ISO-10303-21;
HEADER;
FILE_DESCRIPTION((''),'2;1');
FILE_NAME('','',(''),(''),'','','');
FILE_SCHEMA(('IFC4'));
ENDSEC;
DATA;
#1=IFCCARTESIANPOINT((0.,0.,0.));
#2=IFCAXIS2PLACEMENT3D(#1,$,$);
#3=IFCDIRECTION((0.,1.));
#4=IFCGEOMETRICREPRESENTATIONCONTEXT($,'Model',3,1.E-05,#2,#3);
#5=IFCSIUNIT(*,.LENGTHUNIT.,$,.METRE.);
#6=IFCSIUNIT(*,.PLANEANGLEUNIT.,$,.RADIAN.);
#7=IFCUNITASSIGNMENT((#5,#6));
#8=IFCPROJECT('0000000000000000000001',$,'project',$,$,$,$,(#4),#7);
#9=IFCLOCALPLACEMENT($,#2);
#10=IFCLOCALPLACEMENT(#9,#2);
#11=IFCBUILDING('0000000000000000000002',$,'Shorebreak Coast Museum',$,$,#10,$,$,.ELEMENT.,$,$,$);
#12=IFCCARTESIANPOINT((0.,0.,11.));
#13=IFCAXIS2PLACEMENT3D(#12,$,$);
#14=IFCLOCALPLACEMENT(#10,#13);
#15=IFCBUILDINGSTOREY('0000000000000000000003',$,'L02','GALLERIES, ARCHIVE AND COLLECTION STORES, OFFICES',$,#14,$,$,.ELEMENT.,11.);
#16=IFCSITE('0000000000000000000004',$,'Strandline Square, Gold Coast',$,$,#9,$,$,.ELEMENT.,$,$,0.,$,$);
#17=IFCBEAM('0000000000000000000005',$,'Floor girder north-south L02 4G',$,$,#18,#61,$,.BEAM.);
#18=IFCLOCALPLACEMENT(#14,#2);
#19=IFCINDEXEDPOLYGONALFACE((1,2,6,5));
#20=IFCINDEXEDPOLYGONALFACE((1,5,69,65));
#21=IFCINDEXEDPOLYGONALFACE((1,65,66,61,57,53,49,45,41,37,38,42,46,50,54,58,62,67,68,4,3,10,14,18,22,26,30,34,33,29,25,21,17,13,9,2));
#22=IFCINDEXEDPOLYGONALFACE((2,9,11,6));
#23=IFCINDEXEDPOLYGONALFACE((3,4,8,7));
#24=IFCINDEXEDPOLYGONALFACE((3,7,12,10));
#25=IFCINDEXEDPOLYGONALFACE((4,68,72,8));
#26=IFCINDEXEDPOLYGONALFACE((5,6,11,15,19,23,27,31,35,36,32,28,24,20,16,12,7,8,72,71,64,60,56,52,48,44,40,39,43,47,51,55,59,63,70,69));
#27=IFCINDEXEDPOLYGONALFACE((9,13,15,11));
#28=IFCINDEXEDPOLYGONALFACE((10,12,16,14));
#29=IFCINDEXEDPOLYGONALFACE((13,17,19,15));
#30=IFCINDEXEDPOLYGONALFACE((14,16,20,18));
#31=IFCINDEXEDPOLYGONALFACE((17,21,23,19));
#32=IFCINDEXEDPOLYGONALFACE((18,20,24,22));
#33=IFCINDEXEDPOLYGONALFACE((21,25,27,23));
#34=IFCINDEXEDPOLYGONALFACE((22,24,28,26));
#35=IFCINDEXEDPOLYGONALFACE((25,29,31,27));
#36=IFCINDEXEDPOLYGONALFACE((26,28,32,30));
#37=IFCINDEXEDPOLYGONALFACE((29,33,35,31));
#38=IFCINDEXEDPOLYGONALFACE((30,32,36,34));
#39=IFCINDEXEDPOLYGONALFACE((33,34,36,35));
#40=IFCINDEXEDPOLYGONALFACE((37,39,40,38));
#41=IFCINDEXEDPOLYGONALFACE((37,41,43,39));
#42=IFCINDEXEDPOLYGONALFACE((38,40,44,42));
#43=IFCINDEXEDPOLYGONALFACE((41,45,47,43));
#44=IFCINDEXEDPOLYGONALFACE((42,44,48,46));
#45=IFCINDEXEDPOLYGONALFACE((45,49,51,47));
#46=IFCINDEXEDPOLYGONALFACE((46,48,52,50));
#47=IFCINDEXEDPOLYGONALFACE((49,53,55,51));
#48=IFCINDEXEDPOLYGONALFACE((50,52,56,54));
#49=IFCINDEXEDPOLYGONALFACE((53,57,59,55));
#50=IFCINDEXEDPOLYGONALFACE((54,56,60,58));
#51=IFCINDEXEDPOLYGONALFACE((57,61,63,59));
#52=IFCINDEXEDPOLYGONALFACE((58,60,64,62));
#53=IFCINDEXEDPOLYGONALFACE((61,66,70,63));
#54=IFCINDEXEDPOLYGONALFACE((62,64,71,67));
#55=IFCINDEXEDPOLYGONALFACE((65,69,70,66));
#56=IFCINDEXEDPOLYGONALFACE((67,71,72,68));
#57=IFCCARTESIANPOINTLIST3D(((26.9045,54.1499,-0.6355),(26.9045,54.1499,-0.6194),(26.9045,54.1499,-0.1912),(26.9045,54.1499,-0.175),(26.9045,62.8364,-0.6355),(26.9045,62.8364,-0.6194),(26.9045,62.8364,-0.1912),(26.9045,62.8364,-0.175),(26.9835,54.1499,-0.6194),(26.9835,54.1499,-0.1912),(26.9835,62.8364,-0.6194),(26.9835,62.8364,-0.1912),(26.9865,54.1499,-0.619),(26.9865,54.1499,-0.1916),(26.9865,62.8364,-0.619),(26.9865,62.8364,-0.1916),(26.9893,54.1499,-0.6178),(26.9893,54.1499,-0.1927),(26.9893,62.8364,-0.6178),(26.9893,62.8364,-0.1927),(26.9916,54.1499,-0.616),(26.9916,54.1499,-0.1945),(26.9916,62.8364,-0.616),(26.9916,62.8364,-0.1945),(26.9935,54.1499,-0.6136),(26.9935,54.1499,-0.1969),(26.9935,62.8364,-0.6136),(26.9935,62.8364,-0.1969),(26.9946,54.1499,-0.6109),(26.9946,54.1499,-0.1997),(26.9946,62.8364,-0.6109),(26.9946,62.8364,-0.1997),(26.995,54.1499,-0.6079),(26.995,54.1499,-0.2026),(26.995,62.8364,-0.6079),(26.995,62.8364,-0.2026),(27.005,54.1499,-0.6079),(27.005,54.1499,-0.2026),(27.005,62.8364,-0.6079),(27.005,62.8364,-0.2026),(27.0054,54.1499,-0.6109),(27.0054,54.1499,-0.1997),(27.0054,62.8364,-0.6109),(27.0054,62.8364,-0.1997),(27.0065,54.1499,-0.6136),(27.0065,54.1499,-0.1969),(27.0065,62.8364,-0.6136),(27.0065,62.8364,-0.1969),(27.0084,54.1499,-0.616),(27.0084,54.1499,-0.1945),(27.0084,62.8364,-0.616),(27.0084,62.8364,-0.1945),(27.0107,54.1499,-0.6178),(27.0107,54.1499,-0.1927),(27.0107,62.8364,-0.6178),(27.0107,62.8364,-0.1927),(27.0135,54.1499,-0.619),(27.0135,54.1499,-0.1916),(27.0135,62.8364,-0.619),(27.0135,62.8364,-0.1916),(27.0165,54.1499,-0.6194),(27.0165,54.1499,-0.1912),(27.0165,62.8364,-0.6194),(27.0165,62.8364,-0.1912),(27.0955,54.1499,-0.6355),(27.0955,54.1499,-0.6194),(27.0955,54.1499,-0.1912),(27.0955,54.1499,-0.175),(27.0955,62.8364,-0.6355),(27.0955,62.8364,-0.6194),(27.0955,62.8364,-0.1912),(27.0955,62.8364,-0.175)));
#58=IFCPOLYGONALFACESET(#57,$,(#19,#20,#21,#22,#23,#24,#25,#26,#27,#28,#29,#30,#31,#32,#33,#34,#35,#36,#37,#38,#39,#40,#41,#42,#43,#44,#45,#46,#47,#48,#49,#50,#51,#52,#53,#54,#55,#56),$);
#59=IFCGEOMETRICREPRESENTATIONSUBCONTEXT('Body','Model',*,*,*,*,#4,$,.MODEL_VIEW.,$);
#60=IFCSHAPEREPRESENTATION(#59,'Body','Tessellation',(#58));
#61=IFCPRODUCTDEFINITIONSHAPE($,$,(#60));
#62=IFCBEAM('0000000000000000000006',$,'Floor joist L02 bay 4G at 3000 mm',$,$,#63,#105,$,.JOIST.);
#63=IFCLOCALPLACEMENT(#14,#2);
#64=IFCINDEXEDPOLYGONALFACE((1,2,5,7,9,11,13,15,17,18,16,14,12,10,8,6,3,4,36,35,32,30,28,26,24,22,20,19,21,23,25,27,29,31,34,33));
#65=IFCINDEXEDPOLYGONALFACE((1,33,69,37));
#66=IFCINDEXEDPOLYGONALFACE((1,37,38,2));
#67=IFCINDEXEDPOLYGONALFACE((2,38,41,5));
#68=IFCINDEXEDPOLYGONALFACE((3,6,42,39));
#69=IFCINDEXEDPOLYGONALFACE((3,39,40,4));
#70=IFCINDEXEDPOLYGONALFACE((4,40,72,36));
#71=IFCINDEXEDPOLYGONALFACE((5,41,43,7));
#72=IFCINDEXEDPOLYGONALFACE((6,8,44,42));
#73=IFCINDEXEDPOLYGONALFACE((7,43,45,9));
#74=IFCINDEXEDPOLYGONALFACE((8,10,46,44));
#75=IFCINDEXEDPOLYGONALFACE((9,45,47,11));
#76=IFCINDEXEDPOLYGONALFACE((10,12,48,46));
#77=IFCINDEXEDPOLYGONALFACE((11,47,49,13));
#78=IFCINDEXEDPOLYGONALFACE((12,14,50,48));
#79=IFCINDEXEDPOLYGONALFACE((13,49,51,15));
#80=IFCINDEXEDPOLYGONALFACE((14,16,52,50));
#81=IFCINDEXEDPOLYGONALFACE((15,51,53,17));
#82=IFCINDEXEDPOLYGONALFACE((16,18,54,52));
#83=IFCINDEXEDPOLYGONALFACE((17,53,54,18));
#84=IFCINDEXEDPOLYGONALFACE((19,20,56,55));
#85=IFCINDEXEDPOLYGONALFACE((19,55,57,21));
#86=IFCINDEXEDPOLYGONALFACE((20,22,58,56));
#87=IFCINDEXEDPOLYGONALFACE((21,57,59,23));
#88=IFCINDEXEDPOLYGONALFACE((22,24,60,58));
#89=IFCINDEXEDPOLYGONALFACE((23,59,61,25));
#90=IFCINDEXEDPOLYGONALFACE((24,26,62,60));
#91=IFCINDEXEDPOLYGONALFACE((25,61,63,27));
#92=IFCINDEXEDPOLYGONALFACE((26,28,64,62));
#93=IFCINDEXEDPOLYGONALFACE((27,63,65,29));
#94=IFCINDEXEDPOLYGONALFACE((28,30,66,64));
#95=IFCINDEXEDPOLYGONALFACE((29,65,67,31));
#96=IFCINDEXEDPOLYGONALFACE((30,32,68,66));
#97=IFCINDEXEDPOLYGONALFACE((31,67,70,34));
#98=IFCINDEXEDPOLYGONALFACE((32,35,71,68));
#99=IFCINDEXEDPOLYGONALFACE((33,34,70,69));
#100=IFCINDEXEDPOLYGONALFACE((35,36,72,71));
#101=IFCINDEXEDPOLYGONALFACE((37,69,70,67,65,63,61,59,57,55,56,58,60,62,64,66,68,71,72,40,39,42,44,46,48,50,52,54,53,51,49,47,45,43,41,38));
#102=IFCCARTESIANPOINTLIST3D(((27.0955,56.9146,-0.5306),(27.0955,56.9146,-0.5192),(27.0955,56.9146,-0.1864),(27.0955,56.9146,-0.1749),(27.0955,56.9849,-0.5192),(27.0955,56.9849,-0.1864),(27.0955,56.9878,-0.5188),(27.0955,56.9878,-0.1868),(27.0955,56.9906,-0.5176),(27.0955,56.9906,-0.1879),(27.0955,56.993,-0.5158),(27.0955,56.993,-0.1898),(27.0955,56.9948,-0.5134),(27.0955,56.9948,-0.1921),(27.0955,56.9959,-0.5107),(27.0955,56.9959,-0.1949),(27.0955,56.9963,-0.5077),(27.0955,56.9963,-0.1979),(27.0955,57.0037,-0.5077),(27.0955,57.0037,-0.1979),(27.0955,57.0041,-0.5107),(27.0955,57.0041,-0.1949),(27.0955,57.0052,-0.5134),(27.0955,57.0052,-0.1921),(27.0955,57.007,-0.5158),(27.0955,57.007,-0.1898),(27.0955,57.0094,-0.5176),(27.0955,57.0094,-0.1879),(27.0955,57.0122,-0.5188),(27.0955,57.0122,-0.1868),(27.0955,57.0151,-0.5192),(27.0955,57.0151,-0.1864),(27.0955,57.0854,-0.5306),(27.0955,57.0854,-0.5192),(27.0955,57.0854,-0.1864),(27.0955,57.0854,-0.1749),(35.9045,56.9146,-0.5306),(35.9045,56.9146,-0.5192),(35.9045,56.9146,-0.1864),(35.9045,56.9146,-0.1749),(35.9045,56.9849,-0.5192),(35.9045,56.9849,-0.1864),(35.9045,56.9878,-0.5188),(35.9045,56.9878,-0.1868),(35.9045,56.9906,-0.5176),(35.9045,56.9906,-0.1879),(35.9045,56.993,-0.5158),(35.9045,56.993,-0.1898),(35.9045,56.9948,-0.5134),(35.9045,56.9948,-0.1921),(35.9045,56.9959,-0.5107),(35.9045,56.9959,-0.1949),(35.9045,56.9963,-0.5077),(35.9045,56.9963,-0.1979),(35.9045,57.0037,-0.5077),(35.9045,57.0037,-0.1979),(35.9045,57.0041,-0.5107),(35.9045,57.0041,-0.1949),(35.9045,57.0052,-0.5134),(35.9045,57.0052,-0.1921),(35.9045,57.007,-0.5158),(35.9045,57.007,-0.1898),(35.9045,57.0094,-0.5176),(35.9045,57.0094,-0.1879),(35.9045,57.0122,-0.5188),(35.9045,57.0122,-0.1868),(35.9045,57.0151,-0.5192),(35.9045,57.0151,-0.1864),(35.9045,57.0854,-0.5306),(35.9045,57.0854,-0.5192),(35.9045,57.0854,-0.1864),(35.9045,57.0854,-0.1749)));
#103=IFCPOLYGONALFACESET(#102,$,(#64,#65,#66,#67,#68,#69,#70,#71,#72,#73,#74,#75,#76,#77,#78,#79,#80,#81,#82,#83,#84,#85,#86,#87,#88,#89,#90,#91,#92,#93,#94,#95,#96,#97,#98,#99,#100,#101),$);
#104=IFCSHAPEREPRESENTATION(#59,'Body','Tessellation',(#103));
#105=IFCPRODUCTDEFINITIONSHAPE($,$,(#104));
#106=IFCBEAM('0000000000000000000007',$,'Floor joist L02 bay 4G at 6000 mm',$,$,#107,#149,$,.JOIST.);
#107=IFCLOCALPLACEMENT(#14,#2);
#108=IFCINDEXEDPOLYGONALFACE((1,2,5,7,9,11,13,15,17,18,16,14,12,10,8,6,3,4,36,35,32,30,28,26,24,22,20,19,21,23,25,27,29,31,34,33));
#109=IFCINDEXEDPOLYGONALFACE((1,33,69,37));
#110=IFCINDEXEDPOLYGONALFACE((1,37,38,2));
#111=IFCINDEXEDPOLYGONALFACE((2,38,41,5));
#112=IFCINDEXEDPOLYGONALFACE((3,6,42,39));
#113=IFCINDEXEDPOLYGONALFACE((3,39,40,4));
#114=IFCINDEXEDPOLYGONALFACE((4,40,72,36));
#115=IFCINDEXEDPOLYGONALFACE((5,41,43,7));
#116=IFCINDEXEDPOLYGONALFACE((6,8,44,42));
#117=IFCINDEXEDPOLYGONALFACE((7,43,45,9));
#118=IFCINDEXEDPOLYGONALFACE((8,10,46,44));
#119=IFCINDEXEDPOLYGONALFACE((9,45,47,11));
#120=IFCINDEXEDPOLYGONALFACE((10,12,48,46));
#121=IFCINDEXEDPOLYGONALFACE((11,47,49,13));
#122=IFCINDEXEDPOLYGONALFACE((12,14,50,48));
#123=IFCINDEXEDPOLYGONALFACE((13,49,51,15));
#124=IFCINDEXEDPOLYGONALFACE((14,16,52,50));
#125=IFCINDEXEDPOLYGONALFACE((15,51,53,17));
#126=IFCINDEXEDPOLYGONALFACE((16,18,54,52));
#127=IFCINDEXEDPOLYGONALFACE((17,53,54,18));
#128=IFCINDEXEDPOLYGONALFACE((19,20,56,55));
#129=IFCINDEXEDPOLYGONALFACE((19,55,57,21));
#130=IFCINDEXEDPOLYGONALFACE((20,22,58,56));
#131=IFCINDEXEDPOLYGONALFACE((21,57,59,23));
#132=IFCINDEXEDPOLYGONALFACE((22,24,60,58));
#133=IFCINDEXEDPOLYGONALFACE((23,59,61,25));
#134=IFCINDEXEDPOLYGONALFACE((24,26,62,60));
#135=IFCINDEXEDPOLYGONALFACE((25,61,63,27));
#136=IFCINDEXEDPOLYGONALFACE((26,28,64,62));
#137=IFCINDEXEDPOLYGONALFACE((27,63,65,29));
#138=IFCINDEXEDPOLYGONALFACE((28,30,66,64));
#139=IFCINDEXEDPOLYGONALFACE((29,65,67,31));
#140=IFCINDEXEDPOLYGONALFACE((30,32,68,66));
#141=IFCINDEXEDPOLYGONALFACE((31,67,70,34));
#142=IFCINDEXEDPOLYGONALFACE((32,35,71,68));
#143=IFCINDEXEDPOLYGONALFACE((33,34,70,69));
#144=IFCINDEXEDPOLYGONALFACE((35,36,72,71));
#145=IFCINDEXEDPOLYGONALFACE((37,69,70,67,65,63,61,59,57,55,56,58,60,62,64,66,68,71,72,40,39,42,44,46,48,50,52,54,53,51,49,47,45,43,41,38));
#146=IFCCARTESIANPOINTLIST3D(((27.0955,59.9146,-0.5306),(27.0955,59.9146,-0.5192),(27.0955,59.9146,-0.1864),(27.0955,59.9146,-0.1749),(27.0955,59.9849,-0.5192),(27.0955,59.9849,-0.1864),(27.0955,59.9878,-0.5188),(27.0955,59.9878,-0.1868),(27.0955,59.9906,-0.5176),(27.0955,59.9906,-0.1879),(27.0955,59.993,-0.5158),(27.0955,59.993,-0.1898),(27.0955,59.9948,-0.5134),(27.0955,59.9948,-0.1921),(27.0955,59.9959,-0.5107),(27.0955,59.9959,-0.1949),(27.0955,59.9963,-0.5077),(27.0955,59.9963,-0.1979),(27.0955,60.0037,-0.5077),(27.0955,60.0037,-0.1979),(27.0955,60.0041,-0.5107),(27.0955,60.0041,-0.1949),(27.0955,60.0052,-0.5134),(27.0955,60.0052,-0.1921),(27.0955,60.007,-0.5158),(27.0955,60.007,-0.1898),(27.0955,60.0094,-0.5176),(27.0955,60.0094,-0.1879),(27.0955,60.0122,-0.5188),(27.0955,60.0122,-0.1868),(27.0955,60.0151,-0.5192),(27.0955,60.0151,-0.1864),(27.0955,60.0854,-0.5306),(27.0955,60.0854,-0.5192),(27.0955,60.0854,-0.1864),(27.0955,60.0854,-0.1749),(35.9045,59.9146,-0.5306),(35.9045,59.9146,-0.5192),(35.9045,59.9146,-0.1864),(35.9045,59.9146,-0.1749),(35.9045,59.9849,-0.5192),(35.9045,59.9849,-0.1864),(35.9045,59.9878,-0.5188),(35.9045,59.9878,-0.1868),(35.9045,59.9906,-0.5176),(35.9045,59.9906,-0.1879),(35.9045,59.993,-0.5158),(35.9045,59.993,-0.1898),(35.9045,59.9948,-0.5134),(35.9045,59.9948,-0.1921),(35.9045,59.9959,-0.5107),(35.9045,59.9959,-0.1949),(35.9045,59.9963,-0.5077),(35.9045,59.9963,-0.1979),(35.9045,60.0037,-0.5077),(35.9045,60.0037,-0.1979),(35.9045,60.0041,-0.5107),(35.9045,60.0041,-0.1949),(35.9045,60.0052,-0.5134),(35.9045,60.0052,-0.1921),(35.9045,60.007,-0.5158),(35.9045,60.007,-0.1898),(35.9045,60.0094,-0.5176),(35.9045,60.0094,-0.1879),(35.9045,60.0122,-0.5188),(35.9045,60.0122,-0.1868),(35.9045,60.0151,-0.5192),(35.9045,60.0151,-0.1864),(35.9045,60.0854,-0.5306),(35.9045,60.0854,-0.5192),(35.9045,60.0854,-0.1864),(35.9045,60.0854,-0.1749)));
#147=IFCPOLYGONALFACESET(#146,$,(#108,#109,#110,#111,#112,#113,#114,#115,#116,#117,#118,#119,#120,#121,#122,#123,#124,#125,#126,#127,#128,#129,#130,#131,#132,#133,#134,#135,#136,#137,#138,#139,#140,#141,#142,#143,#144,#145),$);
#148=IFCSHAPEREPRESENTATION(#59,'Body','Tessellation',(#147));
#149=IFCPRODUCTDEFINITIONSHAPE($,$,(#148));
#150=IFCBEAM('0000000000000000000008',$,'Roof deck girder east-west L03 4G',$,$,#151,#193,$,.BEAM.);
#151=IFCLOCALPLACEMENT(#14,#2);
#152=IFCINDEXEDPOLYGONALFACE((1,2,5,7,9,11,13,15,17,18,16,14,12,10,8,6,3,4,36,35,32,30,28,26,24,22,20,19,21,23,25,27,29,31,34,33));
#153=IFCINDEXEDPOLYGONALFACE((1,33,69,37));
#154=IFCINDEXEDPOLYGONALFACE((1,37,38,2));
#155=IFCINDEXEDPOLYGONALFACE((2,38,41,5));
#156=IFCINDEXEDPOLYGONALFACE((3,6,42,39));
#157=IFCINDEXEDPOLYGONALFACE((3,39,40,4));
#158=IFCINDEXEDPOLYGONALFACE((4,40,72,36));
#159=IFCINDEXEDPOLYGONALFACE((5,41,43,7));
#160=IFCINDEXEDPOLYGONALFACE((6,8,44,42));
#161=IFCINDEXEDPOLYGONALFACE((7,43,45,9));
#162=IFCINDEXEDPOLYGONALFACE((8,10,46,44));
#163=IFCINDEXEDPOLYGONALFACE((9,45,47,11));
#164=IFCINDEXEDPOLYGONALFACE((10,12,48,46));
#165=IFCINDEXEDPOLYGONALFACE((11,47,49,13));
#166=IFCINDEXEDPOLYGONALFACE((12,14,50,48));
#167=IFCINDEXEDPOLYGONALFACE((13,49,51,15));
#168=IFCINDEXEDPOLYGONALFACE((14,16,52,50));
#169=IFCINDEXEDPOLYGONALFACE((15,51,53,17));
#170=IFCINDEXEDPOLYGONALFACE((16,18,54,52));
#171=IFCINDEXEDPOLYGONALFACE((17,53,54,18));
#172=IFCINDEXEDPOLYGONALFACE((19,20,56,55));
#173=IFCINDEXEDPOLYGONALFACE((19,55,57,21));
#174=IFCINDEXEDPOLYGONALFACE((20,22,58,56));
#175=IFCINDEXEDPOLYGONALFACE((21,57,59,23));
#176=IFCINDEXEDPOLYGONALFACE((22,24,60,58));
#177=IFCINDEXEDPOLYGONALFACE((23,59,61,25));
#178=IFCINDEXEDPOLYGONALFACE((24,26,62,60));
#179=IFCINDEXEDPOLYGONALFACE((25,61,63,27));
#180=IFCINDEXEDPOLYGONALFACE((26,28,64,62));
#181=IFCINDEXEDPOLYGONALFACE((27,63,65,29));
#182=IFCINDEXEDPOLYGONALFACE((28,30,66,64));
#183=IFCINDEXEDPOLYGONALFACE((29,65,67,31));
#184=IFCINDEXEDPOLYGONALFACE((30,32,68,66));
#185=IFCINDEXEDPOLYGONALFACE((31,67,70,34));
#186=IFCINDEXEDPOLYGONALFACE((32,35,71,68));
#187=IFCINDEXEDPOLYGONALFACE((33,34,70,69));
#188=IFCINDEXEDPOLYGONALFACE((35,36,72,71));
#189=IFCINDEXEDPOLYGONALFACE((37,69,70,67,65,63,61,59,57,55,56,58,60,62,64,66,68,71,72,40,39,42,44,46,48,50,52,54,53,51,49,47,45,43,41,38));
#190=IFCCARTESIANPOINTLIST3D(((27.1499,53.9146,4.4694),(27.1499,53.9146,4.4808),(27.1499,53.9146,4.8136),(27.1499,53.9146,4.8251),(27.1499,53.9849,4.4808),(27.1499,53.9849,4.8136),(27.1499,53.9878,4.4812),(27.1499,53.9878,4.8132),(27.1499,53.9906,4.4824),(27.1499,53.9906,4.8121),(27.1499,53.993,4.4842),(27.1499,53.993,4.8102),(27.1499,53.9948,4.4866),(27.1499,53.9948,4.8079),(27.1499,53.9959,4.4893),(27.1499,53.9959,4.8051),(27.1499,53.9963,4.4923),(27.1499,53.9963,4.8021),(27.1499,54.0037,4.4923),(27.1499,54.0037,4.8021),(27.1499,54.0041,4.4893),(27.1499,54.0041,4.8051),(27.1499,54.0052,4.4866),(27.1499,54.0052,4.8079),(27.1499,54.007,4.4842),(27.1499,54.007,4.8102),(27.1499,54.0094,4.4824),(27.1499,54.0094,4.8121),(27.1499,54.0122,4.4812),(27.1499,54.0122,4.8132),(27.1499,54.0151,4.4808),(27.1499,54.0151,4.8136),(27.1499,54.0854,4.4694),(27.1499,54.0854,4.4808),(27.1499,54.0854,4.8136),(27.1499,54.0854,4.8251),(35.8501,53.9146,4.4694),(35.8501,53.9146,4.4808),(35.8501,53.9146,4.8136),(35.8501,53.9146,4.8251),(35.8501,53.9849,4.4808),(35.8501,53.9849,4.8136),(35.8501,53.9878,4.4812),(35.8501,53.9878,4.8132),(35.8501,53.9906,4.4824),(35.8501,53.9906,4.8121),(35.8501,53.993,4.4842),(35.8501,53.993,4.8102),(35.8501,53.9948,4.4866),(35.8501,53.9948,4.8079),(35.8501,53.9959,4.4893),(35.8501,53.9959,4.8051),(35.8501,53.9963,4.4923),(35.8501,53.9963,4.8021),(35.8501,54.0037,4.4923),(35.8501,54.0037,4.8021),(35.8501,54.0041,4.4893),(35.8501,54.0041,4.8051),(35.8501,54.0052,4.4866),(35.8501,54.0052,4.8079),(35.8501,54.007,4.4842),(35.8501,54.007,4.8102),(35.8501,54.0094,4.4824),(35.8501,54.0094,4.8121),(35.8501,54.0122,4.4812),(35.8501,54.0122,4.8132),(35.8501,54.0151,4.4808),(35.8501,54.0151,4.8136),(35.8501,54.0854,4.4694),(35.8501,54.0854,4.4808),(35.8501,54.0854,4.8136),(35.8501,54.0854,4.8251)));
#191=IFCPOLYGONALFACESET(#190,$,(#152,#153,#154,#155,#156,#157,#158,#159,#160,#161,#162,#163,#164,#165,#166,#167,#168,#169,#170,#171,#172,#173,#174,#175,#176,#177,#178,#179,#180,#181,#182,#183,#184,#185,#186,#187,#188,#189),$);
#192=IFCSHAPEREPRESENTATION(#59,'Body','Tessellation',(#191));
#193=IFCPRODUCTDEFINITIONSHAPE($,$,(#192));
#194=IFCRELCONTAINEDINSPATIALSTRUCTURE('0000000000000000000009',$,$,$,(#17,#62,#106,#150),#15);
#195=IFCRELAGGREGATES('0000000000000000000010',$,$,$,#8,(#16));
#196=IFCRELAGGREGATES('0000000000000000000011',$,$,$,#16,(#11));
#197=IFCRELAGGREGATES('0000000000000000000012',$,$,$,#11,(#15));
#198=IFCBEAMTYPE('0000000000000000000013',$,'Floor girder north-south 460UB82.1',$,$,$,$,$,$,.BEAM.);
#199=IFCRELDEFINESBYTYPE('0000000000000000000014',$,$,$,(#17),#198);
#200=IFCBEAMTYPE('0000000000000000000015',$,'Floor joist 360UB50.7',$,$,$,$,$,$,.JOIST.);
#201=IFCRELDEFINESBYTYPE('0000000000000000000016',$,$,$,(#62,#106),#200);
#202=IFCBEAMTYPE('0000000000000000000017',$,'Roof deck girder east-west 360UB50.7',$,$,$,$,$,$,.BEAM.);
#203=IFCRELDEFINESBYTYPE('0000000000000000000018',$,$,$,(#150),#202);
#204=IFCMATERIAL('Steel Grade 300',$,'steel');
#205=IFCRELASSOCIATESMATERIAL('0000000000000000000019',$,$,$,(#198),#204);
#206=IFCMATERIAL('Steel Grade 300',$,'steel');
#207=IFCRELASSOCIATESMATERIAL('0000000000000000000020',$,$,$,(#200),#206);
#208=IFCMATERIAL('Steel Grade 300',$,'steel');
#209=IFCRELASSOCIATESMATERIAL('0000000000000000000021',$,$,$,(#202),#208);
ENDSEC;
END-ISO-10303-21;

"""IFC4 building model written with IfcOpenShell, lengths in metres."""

from ifc_helpers import new_model, si_unit, direction, frame, origin, origin_2d, place, context, subcontext, project, spatial, i_section, extrude, material, material_profile, profile_set, type_object, element, save


model = new_model("IFC4")

# Units and contexts
model_context = context("Model", 3, precision=1e-05, world=origin(), true_north=direction((0.0, 1.0)))
body_context = subcontext(model_context, "Body", "Model", "MODEL_VIEW")
ifc_project = project(units=[si_unit("LENGTHUNIT", "METRE"), si_unit("PLANEANGLEUNIT", "RADIAN")], contexts=[model_context])

# Site, building, storey
site_placement = place(None, origin())
site = spatial("IfcSite", under=ifc_project, at=site_placement, Name="Strandline Square, Gold Coast", CompositionType="ELEMENT", RefElevation=0.0)
building_placement = place(site_placement, origin())
building = spatial("IfcBuilding", under=site, at=building_placement, Name="Shorebreak Coast Museum", CompositionType="ELEMENT")
storey_placement = place(building_placement, frame((0.0, 0.0, 11.0)))
storey = spatial("IfcBuildingStorey", under=building, at=storey_placement, Name="L02", Description="GALLERIES, ARCHIVE AND COLLECTION STORES, OFFICES", CompositionType="ELEMENT", Elevation=11.0)

# Beams
ifc_material_1 = material(Name="Steel Grade 300", Category="steel")
ifc_material_profile_1 = material_profile(ifc_material_1, i_section(OverallWidth=0.1909, OverallDepth=0.4604, WebThickness=0.01, FlangeThickness=0.0161, FilletRadius=0.0115, at=origin_2d()), Name="460UB82.1")
ifc_profile_set_1 = profile_set([ifc_material_profile_1], Name="Steel Grade 300")
beam_type_1 = type_object("IfcBeamType", Name="Floor girder north-south 460UB82.1", PredefinedType="BEAM", material=ifc_profile_set_1)
beam_1_placement = place(storey_placement, frame((27.0, 54.1499, -0.4053), z_axis=(0.0, 1.0, 0.0), x_axis=(-1.0, 0.0, 0.0)))
element("IfcBeam", 1, at=beam_1_placement, inside=storey, type_object=beam_type_1, Name="Floor girder north-south L02 4G", PredefinedType="BEAM", context=body_context, shape_type="SweptSolid", body=[
    extrude(i_section(OverallWidth=0.1909, OverallDepth=0.4604, WebThickness=0.01, FlangeThickness=0.0161, FilletRadius=0.0115, at=origin_2d()), origin(), (0.0, 0.0, 1.0), 8.6865),
])
ifc_material_2 = material(Name="Steel Grade 300", Category="steel")
ifc_material_profile_2 = material_profile(ifc_material_2, i_section(OverallWidth=0.1709, OverallDepth=0.3557, WebThickness=0.0073, FlangeThickness=0.0115, FilletRadius=0.0115, at=origin_2d()), Name="360UB50.7")
ifc_profile_set_2 = profile_set([ifc_material_profile_2], Name="Steel Grade 300")
beam_type_2 = type_object("IfcBeamType", Name="Floor joist 360UB50.7", PredefinedType="JOIST", material=ifc_profile_set_2)
for number, where, z_axis, x_axis, name in (
    (2, (27.0955, 57.0, -0.3528), (1.0, 0.0, 0.0), (0.0, 1.0, 0.0), "Floor joist L02 bay 4G at 3000 mm"),
    (3, (27.0955, 60.0, -0.3528), (1.0, 0.0, 0.0), (0.0, 1.0, 0.0), "Floor joist L02 bay 4G at 6000 mm"),
):
    element("IfcBeam", number, at=place(storey_placement, frame(where, z_axis=z_axis, x_axis=x_axis)), inside=storey, type_object=beam_type_2, Name=name, PredefinedType="JOIST", context=body_context, shape_type="SweptSolid", body=[
        extrude(i_section(OverallWidth=0.1709, OverallDepth=0.3557, WebThickness=0.0073, FlangeThickness=0.0115, FilletRadius=0.0115, at=origin_2d()), origin(), (0.0, 0.0, 1.0), 8.8091),
    ])
ifc_material_3 = material(Name="Steel Grade 300", Category="steel")
ifc_material_profile_3 = material_profile(ifc_material_3, i_section(OverallWidth=0.1709, OverallDepth=0.3557, WebThickness=0.0073, FlangeThickness=0.0115, FilletRadius=0.0115, at=origin_2d()), Name="360UB50.7")
ifc_profile_set_3 = profile_set([ifc_material_profile_3], Name="Steel Grade 300")
beam_type_3 = type_object("IfcBeamType", Name="Roof deck girder east-west 360UB50.7", PredefinedType="BEAM", material=ifc_profile_set_3)
beam_2_placement = place(storey_placement, frame((27.1499, 54.0, 4.6472), z_axis=(1.0, 0.0, 0.0), x_axis=(0.0, 1.0, 0.0)))
element("IfcBeam", 4, at=beam_2_placement, inside=storey, type_object=beam_type_3, Name="Roof deck girder east-west L03 4G", PredefinedType="BEAM", context=body_context, shape_type="SweptSolid", body=[
    extrude(i_section(OverallWidth=0.1709, OverallDepth=0.3557, WebThickness=0.0073, FlangeThickness=0.0115, FilletRadius=0.0115, at=origin_2d()), origin(), (0.0, 0.0, 1.0), 8.7002),
])

save(model, "model.ifc")
